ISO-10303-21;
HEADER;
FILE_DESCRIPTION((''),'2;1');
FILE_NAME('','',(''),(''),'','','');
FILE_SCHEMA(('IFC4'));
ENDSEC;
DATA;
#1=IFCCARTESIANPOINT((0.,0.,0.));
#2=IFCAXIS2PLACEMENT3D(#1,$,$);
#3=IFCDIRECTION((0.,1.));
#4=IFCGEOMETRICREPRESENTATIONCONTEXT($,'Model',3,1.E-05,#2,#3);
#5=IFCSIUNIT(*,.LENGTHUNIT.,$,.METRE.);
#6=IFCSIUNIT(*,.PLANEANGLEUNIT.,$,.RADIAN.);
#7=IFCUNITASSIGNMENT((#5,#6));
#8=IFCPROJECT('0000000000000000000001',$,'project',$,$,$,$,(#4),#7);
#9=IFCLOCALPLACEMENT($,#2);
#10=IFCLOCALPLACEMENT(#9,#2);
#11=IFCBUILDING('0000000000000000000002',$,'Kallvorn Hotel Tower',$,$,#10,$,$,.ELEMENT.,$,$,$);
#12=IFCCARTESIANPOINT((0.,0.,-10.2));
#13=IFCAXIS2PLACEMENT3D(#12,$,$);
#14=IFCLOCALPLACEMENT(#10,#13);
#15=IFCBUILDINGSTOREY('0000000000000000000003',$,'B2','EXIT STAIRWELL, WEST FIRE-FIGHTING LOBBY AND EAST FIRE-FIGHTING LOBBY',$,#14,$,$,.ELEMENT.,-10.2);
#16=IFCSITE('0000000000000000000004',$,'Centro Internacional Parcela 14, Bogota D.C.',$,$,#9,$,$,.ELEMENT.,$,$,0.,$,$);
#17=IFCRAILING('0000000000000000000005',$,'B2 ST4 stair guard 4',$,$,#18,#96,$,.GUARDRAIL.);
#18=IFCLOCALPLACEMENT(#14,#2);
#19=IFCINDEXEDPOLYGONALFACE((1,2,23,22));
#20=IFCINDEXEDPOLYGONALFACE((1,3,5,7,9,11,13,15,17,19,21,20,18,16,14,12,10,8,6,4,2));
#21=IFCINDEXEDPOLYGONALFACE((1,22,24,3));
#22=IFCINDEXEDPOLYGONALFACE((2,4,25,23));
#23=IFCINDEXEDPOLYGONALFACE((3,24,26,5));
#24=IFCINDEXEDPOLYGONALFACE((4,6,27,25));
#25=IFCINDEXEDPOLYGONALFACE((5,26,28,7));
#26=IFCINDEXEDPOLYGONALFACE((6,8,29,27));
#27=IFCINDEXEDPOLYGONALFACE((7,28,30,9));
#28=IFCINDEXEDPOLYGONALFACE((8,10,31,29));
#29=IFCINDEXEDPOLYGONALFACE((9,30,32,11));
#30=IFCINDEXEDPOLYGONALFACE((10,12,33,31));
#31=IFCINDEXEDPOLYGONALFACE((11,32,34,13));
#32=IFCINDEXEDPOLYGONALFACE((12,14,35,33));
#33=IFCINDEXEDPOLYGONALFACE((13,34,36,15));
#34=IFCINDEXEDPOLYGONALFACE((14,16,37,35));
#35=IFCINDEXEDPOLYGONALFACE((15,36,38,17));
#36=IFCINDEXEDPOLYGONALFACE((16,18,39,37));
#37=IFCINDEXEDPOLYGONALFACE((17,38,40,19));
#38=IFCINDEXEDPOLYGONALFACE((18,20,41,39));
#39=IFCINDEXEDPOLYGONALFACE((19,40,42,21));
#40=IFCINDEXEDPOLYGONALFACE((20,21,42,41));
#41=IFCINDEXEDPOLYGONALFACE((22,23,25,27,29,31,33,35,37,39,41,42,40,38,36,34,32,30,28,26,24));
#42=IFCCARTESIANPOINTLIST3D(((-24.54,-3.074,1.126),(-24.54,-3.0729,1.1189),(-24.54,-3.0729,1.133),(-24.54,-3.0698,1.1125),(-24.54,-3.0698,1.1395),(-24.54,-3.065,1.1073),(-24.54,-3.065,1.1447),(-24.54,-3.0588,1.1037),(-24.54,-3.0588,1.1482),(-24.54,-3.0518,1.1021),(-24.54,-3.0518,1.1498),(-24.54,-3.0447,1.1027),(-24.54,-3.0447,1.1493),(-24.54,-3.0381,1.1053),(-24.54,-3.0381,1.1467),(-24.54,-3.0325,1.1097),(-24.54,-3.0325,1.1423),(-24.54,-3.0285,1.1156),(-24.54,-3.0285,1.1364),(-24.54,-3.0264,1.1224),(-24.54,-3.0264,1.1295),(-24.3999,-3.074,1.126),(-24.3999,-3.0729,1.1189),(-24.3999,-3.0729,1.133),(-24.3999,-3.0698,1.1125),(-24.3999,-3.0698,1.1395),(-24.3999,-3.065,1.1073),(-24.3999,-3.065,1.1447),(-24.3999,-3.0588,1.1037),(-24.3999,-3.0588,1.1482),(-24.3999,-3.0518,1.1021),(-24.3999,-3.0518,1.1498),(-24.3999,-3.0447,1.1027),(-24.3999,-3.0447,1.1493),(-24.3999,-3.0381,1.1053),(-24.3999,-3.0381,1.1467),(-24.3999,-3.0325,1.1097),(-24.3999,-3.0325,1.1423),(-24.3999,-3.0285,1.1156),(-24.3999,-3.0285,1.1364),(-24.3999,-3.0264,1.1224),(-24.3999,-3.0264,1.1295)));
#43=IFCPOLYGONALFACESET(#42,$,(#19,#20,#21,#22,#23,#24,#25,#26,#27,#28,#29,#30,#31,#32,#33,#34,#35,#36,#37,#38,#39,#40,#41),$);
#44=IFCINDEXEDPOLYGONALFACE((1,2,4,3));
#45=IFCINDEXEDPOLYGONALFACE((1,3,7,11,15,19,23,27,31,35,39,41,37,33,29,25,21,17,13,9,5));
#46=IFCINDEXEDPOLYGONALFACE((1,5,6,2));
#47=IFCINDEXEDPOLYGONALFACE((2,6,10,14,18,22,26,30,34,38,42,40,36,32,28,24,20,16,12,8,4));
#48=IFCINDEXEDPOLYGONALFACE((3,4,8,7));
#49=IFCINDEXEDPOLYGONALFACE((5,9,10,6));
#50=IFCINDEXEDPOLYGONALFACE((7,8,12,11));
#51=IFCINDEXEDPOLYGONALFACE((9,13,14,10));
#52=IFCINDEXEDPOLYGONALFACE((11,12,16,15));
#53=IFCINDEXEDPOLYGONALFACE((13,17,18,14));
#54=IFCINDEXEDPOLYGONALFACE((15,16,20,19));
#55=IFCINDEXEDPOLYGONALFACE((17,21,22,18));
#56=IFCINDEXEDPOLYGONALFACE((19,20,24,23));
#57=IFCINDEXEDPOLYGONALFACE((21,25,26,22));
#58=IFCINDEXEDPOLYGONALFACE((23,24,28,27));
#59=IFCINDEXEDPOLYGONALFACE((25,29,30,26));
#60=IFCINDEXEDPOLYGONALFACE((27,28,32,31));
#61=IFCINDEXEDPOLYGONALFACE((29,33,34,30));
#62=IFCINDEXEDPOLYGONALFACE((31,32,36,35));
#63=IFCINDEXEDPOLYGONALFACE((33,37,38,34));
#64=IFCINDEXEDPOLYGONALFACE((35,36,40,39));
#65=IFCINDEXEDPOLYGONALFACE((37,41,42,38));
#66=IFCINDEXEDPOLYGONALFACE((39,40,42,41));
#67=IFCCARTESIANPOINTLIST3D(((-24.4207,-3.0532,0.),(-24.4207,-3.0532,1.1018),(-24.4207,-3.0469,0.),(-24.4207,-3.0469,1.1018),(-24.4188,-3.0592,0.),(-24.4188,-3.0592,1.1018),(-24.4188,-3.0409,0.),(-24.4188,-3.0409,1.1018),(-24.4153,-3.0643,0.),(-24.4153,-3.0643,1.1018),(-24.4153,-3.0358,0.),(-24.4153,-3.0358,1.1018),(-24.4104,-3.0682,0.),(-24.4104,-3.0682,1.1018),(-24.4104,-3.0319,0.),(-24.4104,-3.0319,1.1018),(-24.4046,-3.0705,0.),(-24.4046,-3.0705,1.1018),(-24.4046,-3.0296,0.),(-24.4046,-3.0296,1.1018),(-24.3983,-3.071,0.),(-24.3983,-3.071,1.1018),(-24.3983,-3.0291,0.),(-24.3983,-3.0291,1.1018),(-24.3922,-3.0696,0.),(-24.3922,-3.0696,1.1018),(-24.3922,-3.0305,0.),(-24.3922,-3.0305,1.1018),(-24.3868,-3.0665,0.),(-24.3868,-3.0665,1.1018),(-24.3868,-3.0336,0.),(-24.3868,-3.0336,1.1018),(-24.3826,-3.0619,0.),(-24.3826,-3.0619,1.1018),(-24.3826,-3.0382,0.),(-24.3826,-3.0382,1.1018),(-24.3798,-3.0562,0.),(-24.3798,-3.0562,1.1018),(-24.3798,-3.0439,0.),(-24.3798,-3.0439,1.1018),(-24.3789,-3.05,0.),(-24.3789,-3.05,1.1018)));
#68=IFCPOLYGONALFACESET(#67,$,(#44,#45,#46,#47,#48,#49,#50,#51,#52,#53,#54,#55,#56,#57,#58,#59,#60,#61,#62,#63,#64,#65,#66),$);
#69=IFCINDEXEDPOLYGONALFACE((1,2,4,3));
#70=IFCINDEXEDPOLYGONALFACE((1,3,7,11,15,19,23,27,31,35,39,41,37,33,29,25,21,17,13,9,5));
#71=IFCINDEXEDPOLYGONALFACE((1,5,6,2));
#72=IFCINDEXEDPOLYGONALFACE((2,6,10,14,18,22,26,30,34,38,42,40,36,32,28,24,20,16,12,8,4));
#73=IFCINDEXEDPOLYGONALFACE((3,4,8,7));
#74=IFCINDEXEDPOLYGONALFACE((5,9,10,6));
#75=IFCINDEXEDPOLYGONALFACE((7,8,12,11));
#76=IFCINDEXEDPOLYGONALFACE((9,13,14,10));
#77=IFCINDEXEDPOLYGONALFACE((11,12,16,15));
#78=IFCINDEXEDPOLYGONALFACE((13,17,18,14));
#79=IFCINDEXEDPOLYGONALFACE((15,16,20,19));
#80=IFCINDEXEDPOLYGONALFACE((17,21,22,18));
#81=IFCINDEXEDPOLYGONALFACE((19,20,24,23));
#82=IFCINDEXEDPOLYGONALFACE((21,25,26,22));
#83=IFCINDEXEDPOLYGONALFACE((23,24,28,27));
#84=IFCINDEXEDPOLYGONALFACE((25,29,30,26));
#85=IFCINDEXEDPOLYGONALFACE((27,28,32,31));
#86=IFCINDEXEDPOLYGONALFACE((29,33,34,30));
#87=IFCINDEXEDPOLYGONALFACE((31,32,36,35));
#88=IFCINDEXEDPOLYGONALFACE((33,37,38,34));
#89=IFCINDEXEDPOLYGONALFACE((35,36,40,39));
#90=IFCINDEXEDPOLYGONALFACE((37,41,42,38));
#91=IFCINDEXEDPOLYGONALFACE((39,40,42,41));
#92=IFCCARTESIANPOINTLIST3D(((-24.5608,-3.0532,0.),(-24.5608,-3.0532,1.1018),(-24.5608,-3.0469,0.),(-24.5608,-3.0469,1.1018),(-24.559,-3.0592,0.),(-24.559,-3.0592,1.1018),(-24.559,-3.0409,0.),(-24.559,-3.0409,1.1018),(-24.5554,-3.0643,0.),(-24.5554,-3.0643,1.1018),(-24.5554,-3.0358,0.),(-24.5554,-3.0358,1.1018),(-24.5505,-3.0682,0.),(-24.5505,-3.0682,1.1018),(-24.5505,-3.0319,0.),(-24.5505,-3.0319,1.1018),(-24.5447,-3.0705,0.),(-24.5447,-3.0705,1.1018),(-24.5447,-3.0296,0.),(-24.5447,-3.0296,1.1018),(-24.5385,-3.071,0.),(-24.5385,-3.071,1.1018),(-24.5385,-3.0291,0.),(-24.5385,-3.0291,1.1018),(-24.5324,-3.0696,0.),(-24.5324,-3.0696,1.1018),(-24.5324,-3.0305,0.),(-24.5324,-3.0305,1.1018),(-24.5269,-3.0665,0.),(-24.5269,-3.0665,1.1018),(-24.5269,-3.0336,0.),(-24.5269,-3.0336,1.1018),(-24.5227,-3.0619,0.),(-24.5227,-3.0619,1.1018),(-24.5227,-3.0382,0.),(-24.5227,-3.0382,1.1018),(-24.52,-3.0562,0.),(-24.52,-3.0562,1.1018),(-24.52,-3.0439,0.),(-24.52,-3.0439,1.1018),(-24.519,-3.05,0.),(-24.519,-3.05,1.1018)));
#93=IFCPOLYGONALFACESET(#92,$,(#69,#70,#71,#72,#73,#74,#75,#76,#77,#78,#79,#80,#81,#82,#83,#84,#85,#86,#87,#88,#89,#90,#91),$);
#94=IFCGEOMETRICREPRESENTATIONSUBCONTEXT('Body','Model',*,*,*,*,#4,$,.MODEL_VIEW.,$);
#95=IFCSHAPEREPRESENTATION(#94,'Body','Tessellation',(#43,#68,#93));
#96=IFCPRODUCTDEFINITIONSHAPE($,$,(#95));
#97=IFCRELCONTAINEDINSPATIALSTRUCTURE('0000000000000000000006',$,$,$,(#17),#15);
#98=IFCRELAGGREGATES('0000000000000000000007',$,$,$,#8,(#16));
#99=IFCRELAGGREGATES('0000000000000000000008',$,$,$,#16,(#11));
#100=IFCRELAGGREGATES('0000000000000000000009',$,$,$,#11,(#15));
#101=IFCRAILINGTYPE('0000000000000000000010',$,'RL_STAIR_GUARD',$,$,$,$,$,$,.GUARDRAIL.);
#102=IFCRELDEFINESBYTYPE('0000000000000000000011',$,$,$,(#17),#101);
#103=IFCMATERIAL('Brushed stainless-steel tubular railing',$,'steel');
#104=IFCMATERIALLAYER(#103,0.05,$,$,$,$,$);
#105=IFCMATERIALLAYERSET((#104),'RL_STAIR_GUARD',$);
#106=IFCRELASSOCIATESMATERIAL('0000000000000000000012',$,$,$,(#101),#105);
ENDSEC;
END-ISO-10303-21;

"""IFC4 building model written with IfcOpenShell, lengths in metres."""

from ifc_helpers import new_model, si_unit, direction, frame, origin, origin_2d, place, context, subcontext, project, spatial, circle, extrude, material, layer, layer_set, type_object, element, save


model = new_model("IFC4")

# Units and contexts
model_context = context("Model", 3, precision=1e-05, world=origin(), true_north=direction((0.0, 1.0)))
body_context = subcontext(model_context, "Body", "Model", "MODEL_VIEW")
ifc_project = project(units=[si_unit("LENGTHUNIT", "METRE"), si_unit("PLANEANGLEUNIT", "RADIAN")], contexts=[model_context])

# Site, building, storey
site_placement = place(None, origin())
site = spatial("IfcSite", under=ifc_project, at=site_placement, Name="Centro Internacional Parcela 14, Bogota D.C.", CompositionType="ELEMENT", RefElevation=0.0)
building_placement = place(site_placement, origin())
building = spatial("IfcBuilding", under=site, at=building_placement, Name="Kallvorn Hotel Tower", CompositionType="ELEMENT")
storey_placement = place(building_placement, frame((0.0, 0.0, -10.2)))
storey = spatial("IfcBuildingStorey", under=building, at=storey_placement, Name="B2", Description="EXIT STAIRWELL, WEST FIRE-FIGHTING LOBBY AND EAST FIRE-FIGHTING LOBBY", CompositionType="ELEMENT", Elevation=-10.2)

# Railing
ifc_material_1 = material(Name="Brushed stainless-steel tubular railing", Category="steel")
ifc_layer_1 = layer(ifc_material_1, 0.05)
ifc_layer_set_1 = layer_set([ifc_layer_1], Name="RL_STAIR_GUARD")
railing_type_1 = type_object("IfcRailingType", Name="RL_STAIR_GUARD", PredefinedType="GUARDRAIL", material=ifc_layer_set_1)
railing_1_placement = place(storey_placement, frame((-24.3999, -3.05, 0.0)))
element("IfcRailing", 1, at=railing_1_placement, inside=storey, type_object=railing_type_1, Name="B2 ST4 stair guard 4", PredefinedType="GUARDRAIL", context=body_context, shape_type="SweptSolid", body=[
    extrude(circle(Radius=0.0239, at=origin_2d()), frame((0.0, 0.0, 1.126), z_axis=(-1.0, 0.0, 0.0), x_axis=(0.0, -1.0, 0.0)), (0.0, 0.0, 1.0), 0.1401),
    extrude(circle(Radius=0.021, at=origin_2d()), origin(), (0.0, 0.0, 1.0), 1.1018),
    extrude(circle(Radius=0.021, at=origin_2d()), frame((-0.1401, 0.0, 0.0)), (0.0, 0.0, 1.0), 1.1018),
])

save(model, "model.ifc")
